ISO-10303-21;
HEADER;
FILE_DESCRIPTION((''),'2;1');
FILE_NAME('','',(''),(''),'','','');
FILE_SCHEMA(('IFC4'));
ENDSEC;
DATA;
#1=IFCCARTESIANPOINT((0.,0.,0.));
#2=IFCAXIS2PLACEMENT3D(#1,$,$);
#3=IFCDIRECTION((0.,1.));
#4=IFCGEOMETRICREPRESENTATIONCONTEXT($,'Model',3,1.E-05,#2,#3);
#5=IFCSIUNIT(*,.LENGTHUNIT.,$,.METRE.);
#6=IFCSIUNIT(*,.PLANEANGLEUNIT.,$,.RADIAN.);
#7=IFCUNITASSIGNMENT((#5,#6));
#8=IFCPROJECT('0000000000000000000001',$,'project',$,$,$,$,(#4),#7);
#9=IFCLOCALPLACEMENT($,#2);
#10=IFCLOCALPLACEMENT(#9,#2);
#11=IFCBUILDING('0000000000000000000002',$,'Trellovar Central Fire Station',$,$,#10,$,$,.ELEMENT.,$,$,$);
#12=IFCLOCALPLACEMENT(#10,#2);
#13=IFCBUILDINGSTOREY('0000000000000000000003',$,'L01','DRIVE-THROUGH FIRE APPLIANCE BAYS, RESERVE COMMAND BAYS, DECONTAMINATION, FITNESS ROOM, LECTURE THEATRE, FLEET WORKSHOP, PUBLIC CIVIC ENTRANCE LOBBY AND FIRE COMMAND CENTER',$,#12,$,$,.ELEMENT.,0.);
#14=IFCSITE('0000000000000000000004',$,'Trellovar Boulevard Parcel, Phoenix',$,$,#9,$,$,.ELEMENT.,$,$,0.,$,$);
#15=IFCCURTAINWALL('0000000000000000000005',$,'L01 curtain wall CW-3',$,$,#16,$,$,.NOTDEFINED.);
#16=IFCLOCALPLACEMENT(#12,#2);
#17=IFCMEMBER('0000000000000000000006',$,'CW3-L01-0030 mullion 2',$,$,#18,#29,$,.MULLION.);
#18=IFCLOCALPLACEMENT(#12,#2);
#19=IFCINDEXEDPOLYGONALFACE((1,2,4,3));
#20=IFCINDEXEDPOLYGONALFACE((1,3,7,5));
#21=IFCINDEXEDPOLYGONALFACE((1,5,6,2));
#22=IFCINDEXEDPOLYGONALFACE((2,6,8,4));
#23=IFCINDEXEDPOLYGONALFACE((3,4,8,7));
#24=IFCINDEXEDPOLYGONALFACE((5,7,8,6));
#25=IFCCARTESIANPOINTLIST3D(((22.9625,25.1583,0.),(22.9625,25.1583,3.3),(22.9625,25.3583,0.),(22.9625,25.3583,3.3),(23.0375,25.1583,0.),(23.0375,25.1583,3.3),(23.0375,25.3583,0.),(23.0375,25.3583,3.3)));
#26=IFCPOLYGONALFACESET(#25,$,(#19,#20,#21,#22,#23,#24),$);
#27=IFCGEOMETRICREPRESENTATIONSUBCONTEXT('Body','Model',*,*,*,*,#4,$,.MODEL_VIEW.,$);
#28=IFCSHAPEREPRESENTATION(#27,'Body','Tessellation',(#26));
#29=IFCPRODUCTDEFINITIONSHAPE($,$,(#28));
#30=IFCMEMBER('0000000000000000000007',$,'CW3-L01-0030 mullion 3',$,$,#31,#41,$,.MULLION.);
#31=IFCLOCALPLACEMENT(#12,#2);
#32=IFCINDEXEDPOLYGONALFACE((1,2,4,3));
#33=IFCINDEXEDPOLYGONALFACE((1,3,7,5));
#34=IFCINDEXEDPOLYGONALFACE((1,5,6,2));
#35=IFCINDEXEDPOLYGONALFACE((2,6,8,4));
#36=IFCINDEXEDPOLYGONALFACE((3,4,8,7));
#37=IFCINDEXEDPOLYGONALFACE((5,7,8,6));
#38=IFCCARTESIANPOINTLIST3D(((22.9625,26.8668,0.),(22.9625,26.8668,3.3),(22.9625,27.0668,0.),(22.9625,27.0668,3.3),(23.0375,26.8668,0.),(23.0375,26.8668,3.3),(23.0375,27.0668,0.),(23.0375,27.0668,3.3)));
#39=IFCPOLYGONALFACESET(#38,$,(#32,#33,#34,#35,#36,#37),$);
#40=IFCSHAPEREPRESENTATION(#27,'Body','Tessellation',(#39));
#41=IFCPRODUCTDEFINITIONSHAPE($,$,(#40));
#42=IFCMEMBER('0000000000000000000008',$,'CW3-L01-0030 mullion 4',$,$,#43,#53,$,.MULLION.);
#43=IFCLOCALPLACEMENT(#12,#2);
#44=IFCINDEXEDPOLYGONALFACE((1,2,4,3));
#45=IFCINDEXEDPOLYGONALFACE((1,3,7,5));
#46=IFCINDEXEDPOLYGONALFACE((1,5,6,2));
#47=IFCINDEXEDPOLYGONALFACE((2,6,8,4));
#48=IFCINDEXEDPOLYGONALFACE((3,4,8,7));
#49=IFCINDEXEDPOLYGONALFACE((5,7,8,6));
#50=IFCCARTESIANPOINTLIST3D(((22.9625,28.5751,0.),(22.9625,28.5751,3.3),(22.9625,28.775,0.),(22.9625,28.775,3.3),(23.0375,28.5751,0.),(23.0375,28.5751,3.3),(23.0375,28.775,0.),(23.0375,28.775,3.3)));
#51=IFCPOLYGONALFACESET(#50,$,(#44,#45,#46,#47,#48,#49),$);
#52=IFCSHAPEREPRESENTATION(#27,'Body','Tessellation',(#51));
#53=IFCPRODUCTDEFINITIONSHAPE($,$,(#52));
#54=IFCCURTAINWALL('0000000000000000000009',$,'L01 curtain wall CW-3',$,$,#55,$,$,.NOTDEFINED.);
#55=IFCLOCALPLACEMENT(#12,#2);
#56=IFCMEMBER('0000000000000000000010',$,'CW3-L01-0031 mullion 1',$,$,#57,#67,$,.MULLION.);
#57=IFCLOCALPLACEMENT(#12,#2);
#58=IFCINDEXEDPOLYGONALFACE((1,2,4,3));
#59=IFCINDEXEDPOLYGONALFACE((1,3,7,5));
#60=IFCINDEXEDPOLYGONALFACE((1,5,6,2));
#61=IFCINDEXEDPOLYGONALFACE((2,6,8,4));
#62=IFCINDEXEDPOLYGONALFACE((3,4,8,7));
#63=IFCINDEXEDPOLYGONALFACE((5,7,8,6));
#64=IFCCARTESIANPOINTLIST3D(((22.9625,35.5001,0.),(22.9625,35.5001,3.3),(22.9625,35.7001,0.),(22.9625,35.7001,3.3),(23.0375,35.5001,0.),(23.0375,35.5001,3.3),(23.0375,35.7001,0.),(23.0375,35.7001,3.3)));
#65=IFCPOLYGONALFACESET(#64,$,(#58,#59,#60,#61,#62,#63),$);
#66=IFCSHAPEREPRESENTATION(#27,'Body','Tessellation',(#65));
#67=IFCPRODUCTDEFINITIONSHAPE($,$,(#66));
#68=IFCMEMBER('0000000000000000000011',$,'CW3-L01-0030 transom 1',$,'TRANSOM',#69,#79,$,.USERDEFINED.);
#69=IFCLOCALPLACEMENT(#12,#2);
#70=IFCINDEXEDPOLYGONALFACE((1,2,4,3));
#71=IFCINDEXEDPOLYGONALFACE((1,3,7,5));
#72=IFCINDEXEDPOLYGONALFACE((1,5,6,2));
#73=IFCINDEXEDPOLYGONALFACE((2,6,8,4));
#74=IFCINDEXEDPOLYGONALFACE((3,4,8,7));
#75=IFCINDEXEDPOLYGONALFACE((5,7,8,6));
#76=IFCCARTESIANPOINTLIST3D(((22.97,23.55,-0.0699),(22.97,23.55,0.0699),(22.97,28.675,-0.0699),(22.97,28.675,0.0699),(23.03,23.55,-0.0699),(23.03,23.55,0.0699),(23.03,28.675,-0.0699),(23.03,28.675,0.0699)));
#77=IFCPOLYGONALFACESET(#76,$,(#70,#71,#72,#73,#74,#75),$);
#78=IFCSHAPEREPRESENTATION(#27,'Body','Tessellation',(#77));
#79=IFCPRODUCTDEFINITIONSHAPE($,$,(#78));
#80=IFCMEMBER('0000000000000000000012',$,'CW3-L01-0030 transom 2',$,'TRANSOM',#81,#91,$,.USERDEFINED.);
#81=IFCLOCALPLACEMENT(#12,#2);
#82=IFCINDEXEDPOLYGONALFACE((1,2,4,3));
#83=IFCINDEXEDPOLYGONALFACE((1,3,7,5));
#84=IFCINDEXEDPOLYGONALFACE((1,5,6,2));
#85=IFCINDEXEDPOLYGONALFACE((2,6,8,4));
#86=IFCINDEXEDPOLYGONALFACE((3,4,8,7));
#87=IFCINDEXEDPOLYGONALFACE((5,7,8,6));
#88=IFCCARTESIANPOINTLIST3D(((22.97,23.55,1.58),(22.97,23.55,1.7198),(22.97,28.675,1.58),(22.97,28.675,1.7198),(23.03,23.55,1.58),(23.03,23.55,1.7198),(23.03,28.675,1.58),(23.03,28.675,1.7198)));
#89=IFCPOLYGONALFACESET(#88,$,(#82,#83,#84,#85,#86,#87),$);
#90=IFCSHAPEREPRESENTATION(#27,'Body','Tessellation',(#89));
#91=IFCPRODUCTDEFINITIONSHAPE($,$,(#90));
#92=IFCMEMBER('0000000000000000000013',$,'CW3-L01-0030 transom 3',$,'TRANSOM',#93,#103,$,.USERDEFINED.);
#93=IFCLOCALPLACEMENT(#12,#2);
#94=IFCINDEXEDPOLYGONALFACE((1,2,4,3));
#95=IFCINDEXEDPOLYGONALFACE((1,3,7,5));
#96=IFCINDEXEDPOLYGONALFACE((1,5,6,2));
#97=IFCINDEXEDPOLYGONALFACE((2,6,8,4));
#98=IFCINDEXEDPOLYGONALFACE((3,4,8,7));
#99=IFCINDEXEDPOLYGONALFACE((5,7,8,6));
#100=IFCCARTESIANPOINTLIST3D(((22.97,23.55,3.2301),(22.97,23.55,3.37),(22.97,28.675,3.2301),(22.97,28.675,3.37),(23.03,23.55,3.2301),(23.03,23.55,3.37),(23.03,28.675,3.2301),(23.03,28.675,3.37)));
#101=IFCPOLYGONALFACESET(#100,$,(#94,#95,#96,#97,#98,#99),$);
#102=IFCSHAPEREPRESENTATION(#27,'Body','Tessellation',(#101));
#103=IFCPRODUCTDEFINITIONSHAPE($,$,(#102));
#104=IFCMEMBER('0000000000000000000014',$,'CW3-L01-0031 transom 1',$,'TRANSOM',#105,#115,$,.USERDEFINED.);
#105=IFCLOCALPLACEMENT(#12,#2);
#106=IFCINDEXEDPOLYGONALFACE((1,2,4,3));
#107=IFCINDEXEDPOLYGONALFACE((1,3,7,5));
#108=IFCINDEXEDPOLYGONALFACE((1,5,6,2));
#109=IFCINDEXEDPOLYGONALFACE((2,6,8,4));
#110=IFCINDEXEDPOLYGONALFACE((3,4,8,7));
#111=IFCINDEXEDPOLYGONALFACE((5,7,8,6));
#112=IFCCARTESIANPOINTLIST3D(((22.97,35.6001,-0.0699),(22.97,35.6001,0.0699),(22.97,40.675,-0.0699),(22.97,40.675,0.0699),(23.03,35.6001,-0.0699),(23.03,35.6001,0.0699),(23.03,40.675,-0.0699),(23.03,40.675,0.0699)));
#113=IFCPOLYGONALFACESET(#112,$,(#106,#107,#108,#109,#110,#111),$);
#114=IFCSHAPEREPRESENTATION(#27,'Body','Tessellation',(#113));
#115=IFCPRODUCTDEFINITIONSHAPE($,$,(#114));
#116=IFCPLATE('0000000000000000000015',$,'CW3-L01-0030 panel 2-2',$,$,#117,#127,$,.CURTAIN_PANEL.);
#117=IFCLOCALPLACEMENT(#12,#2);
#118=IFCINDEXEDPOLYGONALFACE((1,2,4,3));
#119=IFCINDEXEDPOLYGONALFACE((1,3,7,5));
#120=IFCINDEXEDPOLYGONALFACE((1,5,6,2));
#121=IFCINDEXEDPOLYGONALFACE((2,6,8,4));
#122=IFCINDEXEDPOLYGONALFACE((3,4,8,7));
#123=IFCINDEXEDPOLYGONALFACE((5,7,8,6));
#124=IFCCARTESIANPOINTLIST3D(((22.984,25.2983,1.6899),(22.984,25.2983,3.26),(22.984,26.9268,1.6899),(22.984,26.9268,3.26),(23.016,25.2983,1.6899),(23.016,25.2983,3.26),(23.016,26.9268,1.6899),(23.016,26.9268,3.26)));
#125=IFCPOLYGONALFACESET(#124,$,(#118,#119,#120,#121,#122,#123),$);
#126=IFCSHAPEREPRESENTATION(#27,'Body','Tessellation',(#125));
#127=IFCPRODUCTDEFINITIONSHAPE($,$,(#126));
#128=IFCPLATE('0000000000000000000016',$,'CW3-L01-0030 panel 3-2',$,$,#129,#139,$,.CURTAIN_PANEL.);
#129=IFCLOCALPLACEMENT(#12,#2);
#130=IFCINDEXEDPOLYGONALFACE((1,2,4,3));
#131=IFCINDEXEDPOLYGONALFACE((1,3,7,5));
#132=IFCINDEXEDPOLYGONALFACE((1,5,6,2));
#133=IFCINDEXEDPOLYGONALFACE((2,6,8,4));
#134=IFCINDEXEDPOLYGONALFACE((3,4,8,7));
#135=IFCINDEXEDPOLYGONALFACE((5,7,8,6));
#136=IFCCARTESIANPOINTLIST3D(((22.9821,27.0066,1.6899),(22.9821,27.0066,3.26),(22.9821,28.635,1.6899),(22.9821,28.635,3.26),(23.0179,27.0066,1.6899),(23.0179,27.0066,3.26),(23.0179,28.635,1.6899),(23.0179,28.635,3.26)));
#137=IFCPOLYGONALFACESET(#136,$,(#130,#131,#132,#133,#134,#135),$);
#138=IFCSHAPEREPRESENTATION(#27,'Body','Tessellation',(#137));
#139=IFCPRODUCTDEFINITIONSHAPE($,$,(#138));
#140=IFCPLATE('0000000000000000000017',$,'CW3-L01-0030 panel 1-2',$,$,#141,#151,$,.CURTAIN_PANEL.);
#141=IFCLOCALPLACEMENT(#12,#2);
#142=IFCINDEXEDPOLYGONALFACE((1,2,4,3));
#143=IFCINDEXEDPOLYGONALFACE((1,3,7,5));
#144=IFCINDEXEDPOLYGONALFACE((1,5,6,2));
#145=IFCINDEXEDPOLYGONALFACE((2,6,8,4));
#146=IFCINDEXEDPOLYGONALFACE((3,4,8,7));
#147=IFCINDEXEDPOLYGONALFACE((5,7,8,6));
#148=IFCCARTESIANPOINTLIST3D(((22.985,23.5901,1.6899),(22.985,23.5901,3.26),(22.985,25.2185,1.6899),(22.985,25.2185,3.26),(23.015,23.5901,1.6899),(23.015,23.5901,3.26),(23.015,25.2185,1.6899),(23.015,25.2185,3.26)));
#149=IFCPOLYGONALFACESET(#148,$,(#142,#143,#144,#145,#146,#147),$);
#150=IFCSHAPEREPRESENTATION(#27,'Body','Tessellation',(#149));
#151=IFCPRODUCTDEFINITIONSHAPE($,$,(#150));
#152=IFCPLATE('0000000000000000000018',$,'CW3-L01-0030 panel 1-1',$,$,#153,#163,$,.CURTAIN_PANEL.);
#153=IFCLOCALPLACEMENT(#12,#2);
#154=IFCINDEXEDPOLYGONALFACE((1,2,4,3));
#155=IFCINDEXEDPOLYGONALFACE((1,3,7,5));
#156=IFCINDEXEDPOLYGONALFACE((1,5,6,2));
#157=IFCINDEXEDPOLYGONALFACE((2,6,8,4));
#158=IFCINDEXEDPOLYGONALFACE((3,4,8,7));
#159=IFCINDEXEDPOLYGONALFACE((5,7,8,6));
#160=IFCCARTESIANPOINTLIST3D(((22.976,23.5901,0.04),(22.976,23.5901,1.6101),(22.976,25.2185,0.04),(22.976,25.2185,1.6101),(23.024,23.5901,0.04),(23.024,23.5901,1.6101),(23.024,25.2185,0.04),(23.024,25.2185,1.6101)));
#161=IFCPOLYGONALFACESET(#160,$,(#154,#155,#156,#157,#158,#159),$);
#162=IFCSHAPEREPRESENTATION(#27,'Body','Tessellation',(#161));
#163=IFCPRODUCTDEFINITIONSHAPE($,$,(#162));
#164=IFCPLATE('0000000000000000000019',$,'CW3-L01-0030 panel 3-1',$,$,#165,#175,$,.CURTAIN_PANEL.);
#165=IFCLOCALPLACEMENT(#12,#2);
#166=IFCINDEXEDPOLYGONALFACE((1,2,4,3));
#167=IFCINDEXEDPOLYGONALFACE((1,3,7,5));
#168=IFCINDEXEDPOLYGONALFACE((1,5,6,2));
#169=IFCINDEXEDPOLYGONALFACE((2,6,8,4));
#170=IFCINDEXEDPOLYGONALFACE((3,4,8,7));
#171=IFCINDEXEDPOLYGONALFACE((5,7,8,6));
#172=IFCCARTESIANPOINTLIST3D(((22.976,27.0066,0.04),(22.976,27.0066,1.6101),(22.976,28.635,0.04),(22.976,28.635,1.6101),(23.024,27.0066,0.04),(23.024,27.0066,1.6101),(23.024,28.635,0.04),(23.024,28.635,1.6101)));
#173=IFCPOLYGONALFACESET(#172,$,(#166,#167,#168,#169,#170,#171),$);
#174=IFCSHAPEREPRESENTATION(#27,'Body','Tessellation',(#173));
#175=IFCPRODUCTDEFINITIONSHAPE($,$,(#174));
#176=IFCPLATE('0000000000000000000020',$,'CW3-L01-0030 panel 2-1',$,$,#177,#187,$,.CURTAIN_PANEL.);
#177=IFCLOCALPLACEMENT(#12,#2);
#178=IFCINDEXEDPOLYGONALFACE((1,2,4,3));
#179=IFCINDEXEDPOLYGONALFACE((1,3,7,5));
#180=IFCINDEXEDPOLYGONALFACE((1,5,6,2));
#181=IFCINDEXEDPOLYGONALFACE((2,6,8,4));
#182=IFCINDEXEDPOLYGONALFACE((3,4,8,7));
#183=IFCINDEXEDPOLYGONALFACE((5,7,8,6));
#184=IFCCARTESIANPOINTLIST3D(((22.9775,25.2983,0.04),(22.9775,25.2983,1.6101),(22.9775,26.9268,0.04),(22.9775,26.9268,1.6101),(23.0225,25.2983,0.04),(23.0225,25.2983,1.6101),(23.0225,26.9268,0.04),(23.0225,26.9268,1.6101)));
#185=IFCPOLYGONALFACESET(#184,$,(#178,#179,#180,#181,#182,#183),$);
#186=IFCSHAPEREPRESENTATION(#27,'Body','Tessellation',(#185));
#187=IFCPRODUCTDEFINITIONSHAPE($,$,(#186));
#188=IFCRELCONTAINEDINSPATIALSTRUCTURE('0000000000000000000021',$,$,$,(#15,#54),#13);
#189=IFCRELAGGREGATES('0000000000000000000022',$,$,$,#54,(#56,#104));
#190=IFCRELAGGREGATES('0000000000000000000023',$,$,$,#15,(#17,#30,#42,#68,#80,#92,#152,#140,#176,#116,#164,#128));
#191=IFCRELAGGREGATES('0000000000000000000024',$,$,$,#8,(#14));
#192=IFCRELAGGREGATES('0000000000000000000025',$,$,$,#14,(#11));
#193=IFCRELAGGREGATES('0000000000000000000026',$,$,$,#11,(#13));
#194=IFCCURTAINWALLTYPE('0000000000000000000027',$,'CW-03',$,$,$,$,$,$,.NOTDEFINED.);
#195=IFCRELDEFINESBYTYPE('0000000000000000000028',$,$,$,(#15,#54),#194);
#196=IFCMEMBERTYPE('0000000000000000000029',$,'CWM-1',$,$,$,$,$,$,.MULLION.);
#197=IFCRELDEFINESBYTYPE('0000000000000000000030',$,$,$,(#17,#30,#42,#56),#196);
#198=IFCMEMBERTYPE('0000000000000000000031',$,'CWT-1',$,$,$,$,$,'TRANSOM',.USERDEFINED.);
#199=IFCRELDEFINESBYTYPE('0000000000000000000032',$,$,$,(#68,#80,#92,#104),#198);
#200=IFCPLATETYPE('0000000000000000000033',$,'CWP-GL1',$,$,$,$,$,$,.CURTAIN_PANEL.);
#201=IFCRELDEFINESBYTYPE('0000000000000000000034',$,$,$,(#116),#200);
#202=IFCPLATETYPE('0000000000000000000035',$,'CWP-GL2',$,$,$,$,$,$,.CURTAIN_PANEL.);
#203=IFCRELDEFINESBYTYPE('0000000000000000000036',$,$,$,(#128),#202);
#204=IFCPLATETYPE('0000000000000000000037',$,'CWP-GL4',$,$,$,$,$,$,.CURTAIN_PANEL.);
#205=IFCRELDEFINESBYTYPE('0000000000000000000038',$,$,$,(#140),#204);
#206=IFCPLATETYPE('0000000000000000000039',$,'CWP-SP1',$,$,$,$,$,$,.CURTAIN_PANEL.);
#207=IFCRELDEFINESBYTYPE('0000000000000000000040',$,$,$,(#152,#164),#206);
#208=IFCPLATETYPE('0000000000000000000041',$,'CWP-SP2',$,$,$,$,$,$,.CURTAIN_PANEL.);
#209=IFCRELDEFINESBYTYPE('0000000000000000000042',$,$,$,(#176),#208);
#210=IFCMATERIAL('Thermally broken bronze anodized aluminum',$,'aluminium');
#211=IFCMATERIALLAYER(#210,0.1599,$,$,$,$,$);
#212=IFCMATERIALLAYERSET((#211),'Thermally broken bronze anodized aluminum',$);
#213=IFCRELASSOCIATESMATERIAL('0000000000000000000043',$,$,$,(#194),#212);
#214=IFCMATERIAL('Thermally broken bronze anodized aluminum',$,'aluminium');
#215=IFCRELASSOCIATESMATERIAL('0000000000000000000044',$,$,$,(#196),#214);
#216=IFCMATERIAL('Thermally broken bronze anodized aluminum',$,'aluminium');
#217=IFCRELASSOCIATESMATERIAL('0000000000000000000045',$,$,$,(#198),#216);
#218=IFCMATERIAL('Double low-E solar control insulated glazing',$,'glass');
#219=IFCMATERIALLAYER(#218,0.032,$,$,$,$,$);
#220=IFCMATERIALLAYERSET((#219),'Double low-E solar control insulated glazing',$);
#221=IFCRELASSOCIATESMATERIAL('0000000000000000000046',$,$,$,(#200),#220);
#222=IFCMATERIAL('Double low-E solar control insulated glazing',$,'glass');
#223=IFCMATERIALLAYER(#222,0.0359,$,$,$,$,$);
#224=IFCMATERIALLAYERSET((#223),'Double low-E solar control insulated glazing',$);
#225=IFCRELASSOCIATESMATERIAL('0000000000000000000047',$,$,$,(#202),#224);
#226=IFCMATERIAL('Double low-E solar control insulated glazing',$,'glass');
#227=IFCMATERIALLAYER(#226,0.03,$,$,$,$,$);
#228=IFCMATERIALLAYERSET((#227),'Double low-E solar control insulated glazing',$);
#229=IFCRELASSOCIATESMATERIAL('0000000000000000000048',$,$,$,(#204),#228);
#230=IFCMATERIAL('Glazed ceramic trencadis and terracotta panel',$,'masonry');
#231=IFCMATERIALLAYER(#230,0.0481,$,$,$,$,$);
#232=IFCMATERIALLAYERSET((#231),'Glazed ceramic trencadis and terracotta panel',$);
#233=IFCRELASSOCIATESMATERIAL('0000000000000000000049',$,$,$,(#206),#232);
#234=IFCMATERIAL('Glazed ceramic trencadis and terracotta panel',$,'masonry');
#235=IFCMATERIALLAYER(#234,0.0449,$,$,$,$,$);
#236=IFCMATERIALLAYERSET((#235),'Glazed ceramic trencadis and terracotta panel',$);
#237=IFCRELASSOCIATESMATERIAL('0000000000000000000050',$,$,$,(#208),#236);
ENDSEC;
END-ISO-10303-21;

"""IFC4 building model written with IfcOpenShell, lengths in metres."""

from ifc_helpers import new_model, si_unit, direction, frame, origin, origin_2d, place, context, subcontext, project, spatial, rectangle, extrude, material, layer, layer_set, material_profile, profile_set, type_object, element, aggregate, save


model = new_model("IFC4")

# Units and contexts
model_context = context("Model", 3, precision=1e-05, world=origin(), true_north=direction((0.0, 1.0)))
body_context = subcontext(model_context, "Body", "Model", "MODEL_VIEW")
ifc_project = project(units=[si_unit("LENGTHUNIT", "METRE"), si_unit("PLANEANGLEUNIT", "RADIAN")], contexts=[model_context])

# Site, building, storey
site_placement = place(None, origin())
site = spatial("IfcSite", under=ifc_project, at=site_placement, Name="Trellovar Boulevard Parcel, Phoenix", CompositionType="ELEMENT", RefElevation=0.0)
building_placement = place(site_placement, origin())
building = spatial("IfcBuilding", under=site, at=building_placement, Name="Trellovar Central Fire Station", CompositionType="ELEMENT")
storey_placement = place(building_placement, origin())
storey = spatial("IfcBuildingStorey", under=building, at=storey_placement, Name="L01", Description="DRIVE-THROUGH FIRE APPLIANCE BAYS, RESERVE COMMAND BAYS, DECONTAMINATION, FITNESS ROOM, LECTURE THEATRE, FLEET WORKSHOP, PUBLIC CIVIC ENTRANCE LOBBY AND FIRE COMMAND CENTER", CompositionType="ELEMENT", Elevation=0.0)

# Curtain wall, members
ifc_material_1 = material(Name="Thermally broken bronze anodized aluminum", Category="aluminium")
ifc_layer_1 = layer(ifc_material_1, 0.1599)
ifc_layer_set_1 = layer_set([ifc_layer_1], Name="Thermally broken bronze anodized aluminum")
curtain_wall_type = type_object("IfcCurtainWallType", Name="CW-03", PredefinedType="NOTDEFINED", material=ifc_layer_set_1)
curtain_wall_1_placement = place(storey_placement, origin())
curtain_wall_1 = element("IfcCurtainWall", 1, at=curtain_wall_1_placement, inside=storey, type_object=curtain_wall_type, Name="L01 curtain wall CW-3", PredefinedType="NOTDEFINED")
ifc_material_2 = material(Name="Thermally broken bronze anodized aluminum", Category="aluminium")
ifc_material_profile_1 = material_profile(ifc_material_2, rectangle(XDim=0.075, YDim=0.2, at=origin_2d()), Name="ALU75X200")
ifc_profile_set_1 = profile_set([ifc_material_profile_1], Name="Thermally broken bronze anodized aluminum")
member_type_1 = type_object("IfcMemberType", Name="CWM-1", PredefinedType="MULLION", material=ifc_profile_set_1)
member_1_placement = place(storey_placement, frame((23.0, 25.2583, 0.0), z_axis=(0.0, 0.0, 1.0), x_axis=(1.0, 0.0, 0.0)))
member_1 = element("IfcMember", 2, at=member_1_placement, type_object=member_type_1, Name="CW3-L01-0030 mullion 2", PredefinedType="MULLION", context=body_context, shape_type="SweptSolid", body=[
    extrude(rectangle(XDim=0.075, YDim=0.2, at=origin_2d()), origin(), (0.0, 0.0, 1.0), 3.3),
])
member_2_placement = place(storey_placement, frame((23.0, 26.9668, 0.0), z_axis=(0.0, 0.0, 1.0), x_axis=(1.0, 0.0, 0.0)))
member_2 = element("IfcMember", 3, at=member_2_placement, type_object=member_type_1, Name="CW3-L01-0030 mullion 3", PredefinedType="MULLION", context=body_context, shape_type="SweptSolid", body=[
    extrude(rectangle(XDim=0.075, YDim=0.2, at=origin_2d()), origin(), (0.0, 0.0, 1.0), 3.3),
])
member_3_placement = place(storey_placement, frame((23.0, 28.675, 0.0), z_axis=(0.0, 0.0, 1.0), x_axis=(1.0, 0.0, 0.0)))
member_3 = element("IfcMember", 4, at=member_3_placement, type_object=member_type_1, Name="CW3-L01-0030 mullion 4", PredefinedType="MULLION", context=body_context, shape_type="SweptSolid", body=[
    extrude(rectangle(XDim=0.075, YDim=0.2, at=origin_2d()), origin(), (0.0, 0.0, 1.0), 3.3),
])

# Curtain wall, member
curtain_wall_2_placement = place(storey_placement, origin())
curtain_wall_2 = element("IfcCurtainWall", 5, at=curtain_wall_2_placement, inside=storey, type_object=curtain_wall_type, Name="L01 curtain wall CW-3", PredefinedType="NOTDEFINED")
member_4_placement = place(storey_placement, frame((23.0, 35.6001, 0.0), z_axis=(0.0, 0.0, 1.0), x_axis=(1.0, 0.0, 0.0)))
member_4 = element("IfcMember", 6, at=member_4_placement, type_object=member_type_1, Name="CW3-L01-0031 mullion 1", PredefinedType="MULLION", context=body_context, shape_type="SweptSolid", body=[
    extrude(rectangle(XDim=0.075, YDim=0.2, at=origin_2d()), origin(), (0.0, 0.0, 1.0), 3.3),
])

# Members
ifc_material_3 = material(Name="Thermally broken bronze anodized aluminum", Category="aluminium")
ifc_material_profile_2 = material_profile(ifc_material_3, rectangle(XDim=0.0601, YDim=0.1399, at=origin_2d()), Name="ALU60X140")
ifc_profile_set_2 = profile_set([ifc_material_profile_2], Name="Thermally broken bronze anodized aluminum")
member_type_2 = type_object("IfcMemberType", Name="CWT-1", ElementType="TRANSOM", PredefinedType="USERDEFINED", material=ifc_profile_set_2)
member_5_placement = place(storey_placement, frame((23.0, 23.55, 0.0), z_axis=(0.0, 1.0, 0.0), x_axis=(-1.0, 0.0, 0.0)))
member_5 = element("IfcMember", 7, at=member_5_placement, type_object=member_type_2, Name="CW3-L01-0030 transom 1", ObjectType="TRANSOM", PredefinedType="USERDEFINED", context=body_context, shape_type="SweptSolid", body=[
    extrude(rectangle(XDim=0.0601, YDim=0.1399, at=origin_2d()), origin(), (0.0, 0.0, 1.0), 5.125),
])
member_6_placement = place(storey_placement, frame((23.0, 23.55, 1.6499), z_axis=(0.0, 1.0, 0.0), x_axis=(-1.0, 0.0, 0.0)))
member_6 = element("IfcMember", 8, at=member_6_placement, type_object=member_type_2, Name="CW3-L01-0030 transom 2", ObjectType="TRANSOM", PredefinedType="USERDEFINED", context=body_context, shape_type="SweptSolid", body=[
    extrude(rectangle(XDim=0.0601, YDim=0.1399, at=origin_2d()), origin(), (0.0, 0.0, 1.0), 5.125),
])
member_7_placement = place(storey_placement, frame((23.0, 23.55, 3.3), z_axis=(0.0, 1.0, 0.0), x_axis=(-1.0, 0.0, 0.0)))
member_7 = element("IfcMember", 9, at=member_7_placement, type_object=member_type_2, Name="CW3-L01-0030 transom 3", ObjectType="TRANSOM", PredefinedType="USERDEFINED", context=body_context, shape_type="SweptSolid", body=[
    extrude(rectangle(XDim=0.0601, YDim=0.1399, at=origin_2d()), origin(), (0.0, 0.0, 1.0), 5.125),
])
member_8_placement = place(storey_placement, frame((23.0, 35.6001, 0.0), z_axis=(0.0, 1.0, 0.0), x_axis=(-1.0, 0.0, 0.0)))
member_8 = element("IfcMember", 10, at=member_8_placement, type_object=member_type_2, Name="CW3-L01-0031 transom 1", ObjectType="TRANSOM", PredefinedType="USERDEFINED", context=body_context, shape_type="SweptSolid", body=[
    extrude(rectangle(XDim=0.0601, YDim=0.1399, at=origin_2d()), origin(), (0.0, 0.0, 1.0), 5.075),
])
aggregate(curtain_wall_2, [member_4, member_8])

# Plates
ifc_material_4 = material(Name="Double low-E solar control insulated glazing", Category="glass")
ifc_layer_2 = layer(ifc_material_4, 0.032)
ifc_layer_set_2 = layer_set([ifc_layer_2], Name="Double low-E solar control insulated glazing")
plate_type_1 = type_object("IfcPlateType", Name="CWP-GL1", PredefinedType="CURTAIN_PANEL", material=ifc_layer_set_2)
plate_1_placement = place(storey_placement, frame((23.0, 26.1125, 1.6899), z_axis=(0.0, 0.0, 1.0), x_axis=(0.0, 1.0, 0.0)))
plate_1 = element("IfcPlate", 11, at=plate_1_placement, type_object=plate_type_1, Name="CW3-L01-0030 panel 2-2", PredefinedType="CURTAIN_PANEL", context=body_context, shape_type="SweptSolid", body=[
    extrude(rectangle(XDim=1.6284, YDim=0.032, at=origin_2d()), origin(), (0.0, 0.0, 1.0), 1.5701),
])
ifc_material_5 = material(Name="Double low-E solar control insulated glazing", Category="glass")
ifc_layer_3 = layer(ifc_material_5, 0.0359)
ifc_layer_set_3 = layer_set([ifc_layer_3], Name="Double low-E solar control insulated glazing")
plate_type_2 = type_object("IfcPlateType", Name="CWP-GL2", PredefinedType="CURTAIN_PANEL", material=ifc_layer_set_3)
plate_2_placement = place(storey_placement, frame((23.0, 27.8208, 1.6899), z_axis=(0.0, 0.0, 1.0), x_axis=(0.0, 1.0, 0.0)))
plate_2 = element("IfcPlate", 12, at=plate_2_placement, type_object=plate_type_2, Name="CW3-L01-0030 panel 3-2", PredefinedType="CURTAIN_PANEL", context=body_context, shape_type="SweptSolid", body=[
    extrude(rectangle(XDim=1.6284, YDim=0.0359, at=origin_2d()), origin(), (0.0, 0.0, 1.0), 1.5701),
])
ifc_material_6 = material(Name="Double low-E solar control insulated glazing", Category="glass")
ifc_layer_4 = layer(ifc_material_6, 0.03)
ifc_layer_set_4 = layer_set([ifc_layer_4], Name="Double low-E solar control insulated glazing")
plate_type_3 = type_object("IfcPlateType", Name="CWP-GL4", PredefinedType="CURTAIN_PANEL", material=ifc_layer_set_4)
plate_3_placement = place(storey_placement, frame((23.0, 24.4043, 1.6899), z_axis=(0.0, 0.0, 1.0), x_axis=(0.0, 1.0, 0.0)))
plate_3 = element("IfcPlate", 13, at=plate_3_placement, type_object=plate_type_3, Name="CW3-L01-0030 panel 1-2", PredefinedType="CURTAIN_PANEL", context=body_context, shape_type="SweptSolid", body=[
    extrude(rectangle(XDim=1.6284, YDim=0.03, at=origin_2d()), origin(), (0.0, 0.0, 1.0), 1.5701),
])
ifc_material_7 = material(Name="Glazed ceramic trencadis and terracotta panel", Category="masonry")
ifc_layer_5 = layer(ifc_material_7, 0.0481)
ifc_layer_set_5 = layer_set([ifc_layer_5], Name="Glazed ceramic trencadis and terracotta panel")
plate_type_4 = type_object("IfcPlateType", Name="CWP-SP1", PredefinedType="CURTAIN_PANEL", material=ifc_layer_set_5)
plate_4_placement = place(storey_placement, frame((23.0, 24.4043, 0.04), z_axis=(0.0, 0.0, 1.0), x_axis=(0.0, 1.0, 0.0)))
plate_4 = element("IfcPlate", 14, at=plate_4_placement, type_object=plate_type_4, Name="CW3-L01-0030 panel 1-1", PredefinedType="CURTAIN_PANEL", context=body_context, shape_type="SweptSolid", body=[
    extrude(rectangle(XDim=1.6284, YDim=0.0481, at=origin_2d()), origin(), (0.0, 0.0, 1.0), 1.5701),
])
plate_5_placement = place(storey_placement, frame((23.0, 27.8208, 0.04), z_axis=(0.0, 0.0, 1.0), x_axis=(0.0, 1.0, 0.0)))
plate_5 = element("IfcPlate", 15, at=plate_5_placement, type_object=plate_type_4, Name="CW3-L01-0030 panel 3-1", PredefinedType="CURTAIN_PANEL", context=body_context, shape_type="SweptSolid", body=[
    extrude(rectangle(XDim=1.6284, YDim=0.0481, at=origin_2d()), origin(), (0.0, 0.0, 1.0), 1.5701),
])
ifc_material_8 = material(Name="Glazed ceramic trencadis and terracotta panel", Category="masonry")
ifc_layer_6 = layer(ifc_material_8, 0.0449)
ifc_layer_set_6 = layer_set([ifc_layer_6], Name="Glazed ceramic trencadis and terracotta panel")
plate_type_5 = type_object("IfcPlateType", Name="CWP-SP2", PredefinedType="CURTAIN_PANEL", material=ifc_layer_set_6)
plate_6_placement = place(storey_placement, frame((23.0, 26.1125, 0.04), z_axis=(0.0, 0.0, 1.0), x_axis=(0.0, 1.0, 0.0)))
plate_6 = element("IfcPlate", 16, at=plate_6_placement, type_object=plate_type_5, Name="CW3-L01-0030 panel 2-1", PredefinedType="CURTAIN_PANEL", context=body_context, shape_type="SweptSolid", body=[
    extrude(rectangle(XDim=1.6284, YDim=0.0449, at=origin_2d()), origin(), (0.0, 0.0, 1.0), 1.5701),
])
aggregate(curtain_wall_1, [member_1, member_2, member_3, member_5, member_6, member_7, plate_4, plate_3, plate_6, plate_1, plate_5, plate_2])

save(model, "model.ifc")
